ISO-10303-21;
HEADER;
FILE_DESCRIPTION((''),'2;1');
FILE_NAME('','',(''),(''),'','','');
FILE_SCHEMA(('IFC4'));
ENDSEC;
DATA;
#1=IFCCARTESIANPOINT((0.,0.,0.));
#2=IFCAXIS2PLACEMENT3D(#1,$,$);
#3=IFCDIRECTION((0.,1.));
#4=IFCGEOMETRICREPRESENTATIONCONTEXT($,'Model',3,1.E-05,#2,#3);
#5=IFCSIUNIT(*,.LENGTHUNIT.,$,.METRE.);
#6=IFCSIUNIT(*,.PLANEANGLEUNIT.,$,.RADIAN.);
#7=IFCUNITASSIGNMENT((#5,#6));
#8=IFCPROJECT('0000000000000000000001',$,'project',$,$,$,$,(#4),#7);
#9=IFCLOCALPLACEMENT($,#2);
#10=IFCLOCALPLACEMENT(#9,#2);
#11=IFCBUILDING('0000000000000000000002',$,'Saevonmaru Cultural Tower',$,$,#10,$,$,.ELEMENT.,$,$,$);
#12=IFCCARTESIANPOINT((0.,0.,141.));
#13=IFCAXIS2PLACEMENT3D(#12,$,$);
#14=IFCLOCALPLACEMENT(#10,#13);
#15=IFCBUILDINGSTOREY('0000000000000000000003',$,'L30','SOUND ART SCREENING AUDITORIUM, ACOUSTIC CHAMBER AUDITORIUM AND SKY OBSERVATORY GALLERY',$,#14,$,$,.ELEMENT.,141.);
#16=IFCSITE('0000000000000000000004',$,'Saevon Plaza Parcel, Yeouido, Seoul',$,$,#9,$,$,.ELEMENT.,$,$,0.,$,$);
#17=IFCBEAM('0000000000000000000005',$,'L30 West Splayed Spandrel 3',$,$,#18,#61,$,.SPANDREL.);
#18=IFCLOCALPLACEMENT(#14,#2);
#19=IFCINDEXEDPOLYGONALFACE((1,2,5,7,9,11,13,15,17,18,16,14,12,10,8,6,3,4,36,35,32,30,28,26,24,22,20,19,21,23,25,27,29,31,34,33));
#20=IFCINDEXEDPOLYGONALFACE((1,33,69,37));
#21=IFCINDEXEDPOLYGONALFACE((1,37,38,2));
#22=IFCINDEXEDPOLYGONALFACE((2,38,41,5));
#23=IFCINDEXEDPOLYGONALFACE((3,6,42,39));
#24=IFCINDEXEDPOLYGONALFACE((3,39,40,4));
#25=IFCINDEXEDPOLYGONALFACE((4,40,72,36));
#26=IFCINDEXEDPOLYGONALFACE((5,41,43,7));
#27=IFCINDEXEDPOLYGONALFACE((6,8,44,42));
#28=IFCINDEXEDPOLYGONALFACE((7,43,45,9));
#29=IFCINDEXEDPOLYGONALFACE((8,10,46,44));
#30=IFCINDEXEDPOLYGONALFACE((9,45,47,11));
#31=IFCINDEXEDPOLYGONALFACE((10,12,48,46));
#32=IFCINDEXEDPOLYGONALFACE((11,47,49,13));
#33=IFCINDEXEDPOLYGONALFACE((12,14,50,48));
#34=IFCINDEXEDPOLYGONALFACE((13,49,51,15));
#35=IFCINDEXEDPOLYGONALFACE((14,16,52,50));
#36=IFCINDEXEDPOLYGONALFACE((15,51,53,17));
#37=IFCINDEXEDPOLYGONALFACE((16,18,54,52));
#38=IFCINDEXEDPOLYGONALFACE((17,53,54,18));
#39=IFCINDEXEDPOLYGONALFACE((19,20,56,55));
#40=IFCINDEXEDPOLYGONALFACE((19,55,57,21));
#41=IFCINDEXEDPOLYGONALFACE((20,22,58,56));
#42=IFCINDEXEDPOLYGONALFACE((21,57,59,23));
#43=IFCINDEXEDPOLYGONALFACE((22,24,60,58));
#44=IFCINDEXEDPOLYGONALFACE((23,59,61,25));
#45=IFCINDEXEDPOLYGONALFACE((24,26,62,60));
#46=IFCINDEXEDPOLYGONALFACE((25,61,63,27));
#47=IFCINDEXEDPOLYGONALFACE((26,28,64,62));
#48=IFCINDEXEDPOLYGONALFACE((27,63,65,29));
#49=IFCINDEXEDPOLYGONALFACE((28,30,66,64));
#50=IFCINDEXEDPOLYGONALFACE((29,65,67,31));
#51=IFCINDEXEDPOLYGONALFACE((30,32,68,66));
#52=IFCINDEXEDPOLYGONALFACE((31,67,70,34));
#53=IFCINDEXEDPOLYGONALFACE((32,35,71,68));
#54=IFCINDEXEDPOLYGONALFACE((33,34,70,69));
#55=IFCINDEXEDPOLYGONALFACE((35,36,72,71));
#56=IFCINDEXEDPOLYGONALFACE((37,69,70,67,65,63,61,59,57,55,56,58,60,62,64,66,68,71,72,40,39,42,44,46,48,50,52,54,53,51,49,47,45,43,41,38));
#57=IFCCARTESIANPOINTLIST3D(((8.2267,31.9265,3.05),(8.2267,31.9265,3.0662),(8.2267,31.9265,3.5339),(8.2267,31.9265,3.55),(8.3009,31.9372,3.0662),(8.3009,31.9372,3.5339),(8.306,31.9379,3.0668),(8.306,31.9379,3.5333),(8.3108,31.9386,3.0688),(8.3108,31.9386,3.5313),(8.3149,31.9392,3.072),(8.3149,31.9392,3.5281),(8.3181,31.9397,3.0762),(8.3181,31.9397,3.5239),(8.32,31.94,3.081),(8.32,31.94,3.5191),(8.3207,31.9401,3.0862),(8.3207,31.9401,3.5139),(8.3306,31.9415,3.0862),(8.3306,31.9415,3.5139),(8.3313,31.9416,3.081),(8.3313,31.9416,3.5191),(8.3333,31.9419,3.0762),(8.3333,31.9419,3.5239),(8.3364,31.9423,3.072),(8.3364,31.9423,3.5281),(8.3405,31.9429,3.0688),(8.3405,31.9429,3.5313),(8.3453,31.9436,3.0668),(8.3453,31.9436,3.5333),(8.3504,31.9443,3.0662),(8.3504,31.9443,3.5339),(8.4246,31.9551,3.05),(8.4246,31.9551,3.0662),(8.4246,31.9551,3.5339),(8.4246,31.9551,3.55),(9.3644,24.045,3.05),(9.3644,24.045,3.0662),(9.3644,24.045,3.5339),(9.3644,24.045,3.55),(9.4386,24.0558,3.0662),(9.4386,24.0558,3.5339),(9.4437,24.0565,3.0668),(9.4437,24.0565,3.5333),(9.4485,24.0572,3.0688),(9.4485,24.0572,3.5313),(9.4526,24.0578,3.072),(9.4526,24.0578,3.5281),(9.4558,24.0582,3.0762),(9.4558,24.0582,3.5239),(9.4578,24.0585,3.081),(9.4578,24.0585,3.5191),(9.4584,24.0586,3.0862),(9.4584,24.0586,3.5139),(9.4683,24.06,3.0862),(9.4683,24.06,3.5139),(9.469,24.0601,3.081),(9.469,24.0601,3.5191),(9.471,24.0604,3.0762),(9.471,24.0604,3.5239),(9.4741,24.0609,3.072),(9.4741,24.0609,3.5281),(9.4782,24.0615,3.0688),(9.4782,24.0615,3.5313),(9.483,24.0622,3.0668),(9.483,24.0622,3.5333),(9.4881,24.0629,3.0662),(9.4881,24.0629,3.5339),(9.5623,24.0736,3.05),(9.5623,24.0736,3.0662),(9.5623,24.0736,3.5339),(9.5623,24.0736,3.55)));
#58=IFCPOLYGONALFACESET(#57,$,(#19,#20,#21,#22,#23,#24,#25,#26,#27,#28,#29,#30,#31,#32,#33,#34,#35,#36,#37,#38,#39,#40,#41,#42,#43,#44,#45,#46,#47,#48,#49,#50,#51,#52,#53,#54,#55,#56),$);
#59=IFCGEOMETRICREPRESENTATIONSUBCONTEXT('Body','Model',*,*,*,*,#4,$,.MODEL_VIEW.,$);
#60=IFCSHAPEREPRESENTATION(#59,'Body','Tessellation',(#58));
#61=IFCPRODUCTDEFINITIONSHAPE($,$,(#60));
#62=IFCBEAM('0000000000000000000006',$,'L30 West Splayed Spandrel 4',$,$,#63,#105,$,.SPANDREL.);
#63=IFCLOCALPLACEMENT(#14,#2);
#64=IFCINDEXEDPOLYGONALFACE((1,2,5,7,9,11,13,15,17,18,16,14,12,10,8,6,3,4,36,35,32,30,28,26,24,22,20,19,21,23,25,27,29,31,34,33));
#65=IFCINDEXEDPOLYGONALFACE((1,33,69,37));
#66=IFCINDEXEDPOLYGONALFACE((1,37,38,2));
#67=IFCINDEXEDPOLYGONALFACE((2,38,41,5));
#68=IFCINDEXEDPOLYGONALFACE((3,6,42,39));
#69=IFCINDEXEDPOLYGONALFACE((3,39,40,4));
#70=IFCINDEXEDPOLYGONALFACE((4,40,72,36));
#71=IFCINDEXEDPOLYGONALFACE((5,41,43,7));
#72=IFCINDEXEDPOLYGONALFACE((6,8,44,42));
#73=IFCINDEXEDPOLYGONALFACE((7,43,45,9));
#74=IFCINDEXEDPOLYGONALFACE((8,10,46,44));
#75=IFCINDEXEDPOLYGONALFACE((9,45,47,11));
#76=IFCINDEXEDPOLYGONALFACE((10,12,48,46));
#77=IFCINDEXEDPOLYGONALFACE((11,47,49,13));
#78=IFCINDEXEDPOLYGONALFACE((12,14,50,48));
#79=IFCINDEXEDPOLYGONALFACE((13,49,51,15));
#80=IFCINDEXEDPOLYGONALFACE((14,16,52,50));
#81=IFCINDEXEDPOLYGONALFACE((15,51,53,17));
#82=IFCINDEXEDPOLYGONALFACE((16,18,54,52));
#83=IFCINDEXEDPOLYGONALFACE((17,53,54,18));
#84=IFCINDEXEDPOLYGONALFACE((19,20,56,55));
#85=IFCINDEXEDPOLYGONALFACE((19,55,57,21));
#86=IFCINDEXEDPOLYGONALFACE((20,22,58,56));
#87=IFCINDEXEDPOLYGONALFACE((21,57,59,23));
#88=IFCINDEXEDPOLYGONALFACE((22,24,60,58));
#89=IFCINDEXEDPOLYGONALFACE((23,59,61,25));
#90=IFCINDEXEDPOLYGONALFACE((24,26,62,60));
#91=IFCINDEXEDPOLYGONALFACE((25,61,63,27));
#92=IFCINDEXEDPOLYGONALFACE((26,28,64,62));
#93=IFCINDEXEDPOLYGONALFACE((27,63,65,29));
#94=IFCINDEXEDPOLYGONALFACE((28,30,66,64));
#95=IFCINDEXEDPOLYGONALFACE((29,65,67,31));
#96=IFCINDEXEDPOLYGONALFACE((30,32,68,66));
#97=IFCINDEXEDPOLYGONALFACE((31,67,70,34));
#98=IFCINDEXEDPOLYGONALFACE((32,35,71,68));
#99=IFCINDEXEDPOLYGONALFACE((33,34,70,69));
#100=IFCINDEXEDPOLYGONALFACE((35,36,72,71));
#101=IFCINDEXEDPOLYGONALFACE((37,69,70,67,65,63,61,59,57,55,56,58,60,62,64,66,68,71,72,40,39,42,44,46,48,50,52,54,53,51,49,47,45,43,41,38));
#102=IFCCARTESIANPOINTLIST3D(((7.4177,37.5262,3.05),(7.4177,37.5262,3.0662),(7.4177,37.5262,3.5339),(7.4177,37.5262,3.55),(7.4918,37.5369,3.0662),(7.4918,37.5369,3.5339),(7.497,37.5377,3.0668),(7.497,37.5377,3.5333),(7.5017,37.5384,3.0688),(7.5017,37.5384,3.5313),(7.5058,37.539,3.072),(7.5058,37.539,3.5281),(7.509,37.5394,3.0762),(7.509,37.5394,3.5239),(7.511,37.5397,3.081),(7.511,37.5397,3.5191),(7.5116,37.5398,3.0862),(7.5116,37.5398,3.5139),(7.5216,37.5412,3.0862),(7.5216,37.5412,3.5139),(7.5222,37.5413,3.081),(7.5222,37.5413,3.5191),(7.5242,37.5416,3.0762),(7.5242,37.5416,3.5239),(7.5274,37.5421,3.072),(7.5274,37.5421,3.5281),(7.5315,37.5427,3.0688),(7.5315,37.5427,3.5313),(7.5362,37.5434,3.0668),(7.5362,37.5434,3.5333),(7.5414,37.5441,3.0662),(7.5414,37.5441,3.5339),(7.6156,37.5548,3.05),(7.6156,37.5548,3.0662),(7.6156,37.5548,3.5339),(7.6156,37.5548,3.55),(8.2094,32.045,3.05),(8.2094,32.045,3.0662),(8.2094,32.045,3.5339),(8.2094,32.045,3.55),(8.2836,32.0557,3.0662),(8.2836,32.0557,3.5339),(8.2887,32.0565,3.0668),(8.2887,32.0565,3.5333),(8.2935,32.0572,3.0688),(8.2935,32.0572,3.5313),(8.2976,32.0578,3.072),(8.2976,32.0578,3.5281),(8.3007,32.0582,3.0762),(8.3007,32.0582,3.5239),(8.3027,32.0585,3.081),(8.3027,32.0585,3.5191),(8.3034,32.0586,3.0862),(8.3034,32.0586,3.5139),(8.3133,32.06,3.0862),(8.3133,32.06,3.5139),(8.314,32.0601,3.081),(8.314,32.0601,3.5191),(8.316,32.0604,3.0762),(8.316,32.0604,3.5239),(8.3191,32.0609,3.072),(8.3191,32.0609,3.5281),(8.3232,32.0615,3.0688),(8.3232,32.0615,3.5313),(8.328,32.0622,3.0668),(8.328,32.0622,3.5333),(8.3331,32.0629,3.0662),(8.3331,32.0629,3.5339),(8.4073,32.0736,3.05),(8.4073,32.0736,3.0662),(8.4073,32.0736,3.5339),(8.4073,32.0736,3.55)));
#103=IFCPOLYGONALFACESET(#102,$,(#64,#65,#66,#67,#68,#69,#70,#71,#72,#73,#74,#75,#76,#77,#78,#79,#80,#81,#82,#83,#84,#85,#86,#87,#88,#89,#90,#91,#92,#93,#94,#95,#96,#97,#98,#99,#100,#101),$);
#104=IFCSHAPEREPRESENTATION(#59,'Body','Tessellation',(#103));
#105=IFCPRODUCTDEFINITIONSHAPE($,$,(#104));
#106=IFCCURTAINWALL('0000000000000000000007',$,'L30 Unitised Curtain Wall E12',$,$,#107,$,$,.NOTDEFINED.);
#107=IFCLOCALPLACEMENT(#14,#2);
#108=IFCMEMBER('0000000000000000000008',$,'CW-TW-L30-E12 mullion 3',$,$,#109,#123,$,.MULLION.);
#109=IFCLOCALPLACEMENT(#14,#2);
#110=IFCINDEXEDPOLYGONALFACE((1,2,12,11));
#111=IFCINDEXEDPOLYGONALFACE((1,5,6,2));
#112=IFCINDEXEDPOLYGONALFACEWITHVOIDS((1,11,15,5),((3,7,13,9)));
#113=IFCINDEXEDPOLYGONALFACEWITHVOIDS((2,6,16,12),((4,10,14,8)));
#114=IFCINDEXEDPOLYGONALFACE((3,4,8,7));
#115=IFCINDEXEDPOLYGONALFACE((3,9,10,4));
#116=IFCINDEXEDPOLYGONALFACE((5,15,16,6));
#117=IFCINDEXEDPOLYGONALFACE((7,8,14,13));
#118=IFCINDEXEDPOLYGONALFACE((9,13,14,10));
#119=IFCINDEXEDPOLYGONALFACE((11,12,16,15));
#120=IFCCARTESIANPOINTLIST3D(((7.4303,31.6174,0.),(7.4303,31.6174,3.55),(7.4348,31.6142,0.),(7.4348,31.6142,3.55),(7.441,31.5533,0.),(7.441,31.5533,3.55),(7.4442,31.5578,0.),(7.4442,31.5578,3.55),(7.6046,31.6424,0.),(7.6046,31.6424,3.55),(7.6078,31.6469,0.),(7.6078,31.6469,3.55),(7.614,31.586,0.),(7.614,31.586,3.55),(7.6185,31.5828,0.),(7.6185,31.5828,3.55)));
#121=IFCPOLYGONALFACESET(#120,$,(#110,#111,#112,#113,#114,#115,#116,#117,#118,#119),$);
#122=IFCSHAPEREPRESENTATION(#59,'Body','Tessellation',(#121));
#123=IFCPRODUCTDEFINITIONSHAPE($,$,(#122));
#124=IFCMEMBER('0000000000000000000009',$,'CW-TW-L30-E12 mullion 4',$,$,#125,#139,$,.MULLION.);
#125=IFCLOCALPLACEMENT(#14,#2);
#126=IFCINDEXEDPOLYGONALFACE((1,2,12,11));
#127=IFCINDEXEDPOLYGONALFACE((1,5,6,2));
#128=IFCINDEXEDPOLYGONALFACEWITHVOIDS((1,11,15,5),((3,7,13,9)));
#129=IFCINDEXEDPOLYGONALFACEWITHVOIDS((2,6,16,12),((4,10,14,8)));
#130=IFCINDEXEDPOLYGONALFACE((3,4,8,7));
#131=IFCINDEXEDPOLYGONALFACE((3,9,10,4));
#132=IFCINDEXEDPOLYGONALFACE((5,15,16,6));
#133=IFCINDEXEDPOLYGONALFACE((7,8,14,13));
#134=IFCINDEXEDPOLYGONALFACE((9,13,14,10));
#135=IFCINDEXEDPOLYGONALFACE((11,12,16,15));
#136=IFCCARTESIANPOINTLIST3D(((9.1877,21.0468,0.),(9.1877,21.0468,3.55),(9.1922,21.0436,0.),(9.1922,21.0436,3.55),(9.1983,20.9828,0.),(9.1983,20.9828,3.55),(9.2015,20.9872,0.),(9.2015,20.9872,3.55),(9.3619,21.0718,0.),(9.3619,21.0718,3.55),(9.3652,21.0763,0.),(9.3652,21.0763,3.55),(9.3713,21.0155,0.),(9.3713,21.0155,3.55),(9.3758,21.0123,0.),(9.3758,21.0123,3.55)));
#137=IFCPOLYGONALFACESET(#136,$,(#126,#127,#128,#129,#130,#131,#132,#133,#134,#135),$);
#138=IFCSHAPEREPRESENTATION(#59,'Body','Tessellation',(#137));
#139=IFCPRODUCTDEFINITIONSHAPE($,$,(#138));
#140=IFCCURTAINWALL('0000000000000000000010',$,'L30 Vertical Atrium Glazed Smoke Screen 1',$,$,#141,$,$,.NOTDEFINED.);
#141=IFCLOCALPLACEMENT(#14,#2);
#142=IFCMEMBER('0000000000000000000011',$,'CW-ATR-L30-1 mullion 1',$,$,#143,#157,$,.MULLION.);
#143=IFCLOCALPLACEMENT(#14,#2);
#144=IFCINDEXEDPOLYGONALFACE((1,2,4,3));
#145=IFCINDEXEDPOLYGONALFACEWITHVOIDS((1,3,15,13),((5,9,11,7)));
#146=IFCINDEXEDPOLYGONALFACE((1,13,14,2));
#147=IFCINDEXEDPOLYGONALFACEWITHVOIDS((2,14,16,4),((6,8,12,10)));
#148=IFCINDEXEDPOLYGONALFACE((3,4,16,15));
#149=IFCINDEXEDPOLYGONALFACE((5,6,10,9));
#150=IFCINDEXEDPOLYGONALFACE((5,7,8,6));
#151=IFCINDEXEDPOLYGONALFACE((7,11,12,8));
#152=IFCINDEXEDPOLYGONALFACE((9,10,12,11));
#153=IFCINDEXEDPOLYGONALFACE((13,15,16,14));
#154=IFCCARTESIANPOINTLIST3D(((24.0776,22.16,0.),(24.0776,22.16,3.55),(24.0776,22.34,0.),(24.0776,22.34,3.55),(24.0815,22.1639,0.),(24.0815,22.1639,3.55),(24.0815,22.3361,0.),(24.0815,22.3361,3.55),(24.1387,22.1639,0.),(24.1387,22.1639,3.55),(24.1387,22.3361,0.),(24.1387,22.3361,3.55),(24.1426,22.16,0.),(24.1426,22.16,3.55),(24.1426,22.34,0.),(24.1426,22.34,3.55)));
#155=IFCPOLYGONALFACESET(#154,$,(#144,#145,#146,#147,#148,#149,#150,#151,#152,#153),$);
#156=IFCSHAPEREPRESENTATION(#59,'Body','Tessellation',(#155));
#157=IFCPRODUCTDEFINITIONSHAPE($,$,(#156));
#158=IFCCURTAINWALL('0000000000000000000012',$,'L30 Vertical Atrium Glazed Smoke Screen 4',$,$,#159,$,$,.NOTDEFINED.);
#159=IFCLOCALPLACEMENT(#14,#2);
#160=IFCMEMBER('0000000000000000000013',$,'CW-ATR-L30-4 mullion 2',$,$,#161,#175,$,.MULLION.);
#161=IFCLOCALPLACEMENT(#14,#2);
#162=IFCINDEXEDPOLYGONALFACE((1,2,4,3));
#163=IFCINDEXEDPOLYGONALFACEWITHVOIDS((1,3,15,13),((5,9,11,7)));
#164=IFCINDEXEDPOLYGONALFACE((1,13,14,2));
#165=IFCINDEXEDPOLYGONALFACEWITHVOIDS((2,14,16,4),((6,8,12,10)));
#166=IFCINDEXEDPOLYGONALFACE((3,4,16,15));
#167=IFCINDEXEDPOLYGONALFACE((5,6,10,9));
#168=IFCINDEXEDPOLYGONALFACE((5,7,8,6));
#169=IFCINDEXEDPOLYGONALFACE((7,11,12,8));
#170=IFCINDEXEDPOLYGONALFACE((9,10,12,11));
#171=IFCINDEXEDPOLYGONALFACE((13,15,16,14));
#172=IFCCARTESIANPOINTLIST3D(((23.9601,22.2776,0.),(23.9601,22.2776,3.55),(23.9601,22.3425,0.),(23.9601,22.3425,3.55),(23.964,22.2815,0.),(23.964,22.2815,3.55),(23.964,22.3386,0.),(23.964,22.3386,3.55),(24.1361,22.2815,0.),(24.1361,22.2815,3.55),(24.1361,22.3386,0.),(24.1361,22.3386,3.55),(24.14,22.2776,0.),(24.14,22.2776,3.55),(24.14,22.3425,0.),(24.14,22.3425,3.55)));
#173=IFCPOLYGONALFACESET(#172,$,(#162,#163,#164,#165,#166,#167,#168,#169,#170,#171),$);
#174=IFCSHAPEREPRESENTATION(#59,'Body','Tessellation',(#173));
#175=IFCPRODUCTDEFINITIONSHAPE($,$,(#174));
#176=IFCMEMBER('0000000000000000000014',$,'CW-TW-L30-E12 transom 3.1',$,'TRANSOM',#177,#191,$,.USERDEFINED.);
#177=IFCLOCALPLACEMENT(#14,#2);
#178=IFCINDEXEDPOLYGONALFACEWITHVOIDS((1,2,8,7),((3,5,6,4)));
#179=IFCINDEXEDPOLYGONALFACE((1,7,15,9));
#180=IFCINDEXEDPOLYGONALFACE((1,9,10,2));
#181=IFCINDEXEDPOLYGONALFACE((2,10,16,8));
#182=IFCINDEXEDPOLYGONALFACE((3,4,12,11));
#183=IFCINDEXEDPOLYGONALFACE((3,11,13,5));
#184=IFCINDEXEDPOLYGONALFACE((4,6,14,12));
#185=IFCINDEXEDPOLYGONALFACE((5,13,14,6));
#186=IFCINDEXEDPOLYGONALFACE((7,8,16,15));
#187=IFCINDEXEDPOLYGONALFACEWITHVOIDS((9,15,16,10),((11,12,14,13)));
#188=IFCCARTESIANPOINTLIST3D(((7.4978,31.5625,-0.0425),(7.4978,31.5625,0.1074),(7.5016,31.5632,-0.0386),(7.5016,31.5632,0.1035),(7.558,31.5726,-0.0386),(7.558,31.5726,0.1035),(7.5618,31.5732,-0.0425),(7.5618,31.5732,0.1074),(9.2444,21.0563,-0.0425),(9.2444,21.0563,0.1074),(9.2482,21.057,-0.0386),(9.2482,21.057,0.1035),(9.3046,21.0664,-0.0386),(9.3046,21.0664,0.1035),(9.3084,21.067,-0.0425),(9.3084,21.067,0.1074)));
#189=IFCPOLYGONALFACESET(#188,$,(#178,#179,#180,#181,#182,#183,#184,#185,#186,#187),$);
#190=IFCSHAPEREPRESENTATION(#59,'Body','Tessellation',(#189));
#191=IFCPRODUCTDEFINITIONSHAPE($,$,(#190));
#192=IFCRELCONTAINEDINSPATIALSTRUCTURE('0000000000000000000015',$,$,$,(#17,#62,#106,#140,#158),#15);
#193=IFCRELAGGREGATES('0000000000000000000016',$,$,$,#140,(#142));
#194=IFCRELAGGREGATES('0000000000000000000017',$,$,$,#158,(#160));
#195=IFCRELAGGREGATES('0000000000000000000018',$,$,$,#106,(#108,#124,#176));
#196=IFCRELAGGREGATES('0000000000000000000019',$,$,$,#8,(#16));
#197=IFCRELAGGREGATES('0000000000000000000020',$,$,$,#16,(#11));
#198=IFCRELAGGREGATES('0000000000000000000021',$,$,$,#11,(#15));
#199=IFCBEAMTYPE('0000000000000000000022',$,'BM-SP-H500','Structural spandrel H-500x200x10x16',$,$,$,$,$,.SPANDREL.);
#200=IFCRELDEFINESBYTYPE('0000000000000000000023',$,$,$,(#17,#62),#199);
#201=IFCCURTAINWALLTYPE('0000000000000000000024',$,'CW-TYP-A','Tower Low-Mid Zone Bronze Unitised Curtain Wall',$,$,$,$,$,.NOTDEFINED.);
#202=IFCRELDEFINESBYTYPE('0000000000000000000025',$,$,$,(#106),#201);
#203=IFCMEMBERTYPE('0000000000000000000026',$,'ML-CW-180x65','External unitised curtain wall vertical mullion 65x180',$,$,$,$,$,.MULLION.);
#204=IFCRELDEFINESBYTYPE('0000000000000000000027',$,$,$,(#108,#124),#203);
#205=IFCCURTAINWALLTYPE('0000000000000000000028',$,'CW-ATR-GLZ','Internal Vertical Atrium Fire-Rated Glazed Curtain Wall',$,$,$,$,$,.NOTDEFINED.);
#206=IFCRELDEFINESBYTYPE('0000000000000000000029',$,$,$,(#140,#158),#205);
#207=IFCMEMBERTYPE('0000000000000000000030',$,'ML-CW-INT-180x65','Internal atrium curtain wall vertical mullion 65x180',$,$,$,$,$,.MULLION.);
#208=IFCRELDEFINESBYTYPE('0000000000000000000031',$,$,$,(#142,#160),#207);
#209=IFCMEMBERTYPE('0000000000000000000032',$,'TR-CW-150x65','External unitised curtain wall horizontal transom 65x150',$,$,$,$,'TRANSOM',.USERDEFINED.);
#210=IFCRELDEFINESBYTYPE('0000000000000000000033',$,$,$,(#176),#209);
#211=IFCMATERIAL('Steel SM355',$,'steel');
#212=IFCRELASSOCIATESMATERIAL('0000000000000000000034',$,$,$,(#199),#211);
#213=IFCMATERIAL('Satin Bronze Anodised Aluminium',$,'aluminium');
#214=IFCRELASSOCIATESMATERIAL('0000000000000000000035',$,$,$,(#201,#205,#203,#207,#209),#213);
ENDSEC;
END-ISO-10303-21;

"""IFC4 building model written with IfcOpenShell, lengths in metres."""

from ifc_helpers import new_model, si_unit, direction, frame, origin, origin_2d, place, context, subcontext, project, spatial, hollow_rectangle, i_section, extrude, material, material_profile, profile_set, type_object, element, aggregate, save


model = new_model("IFC4")

# Units and contexts
model_context = context("Model", 3, precision=1e-05, world=origin(), true_north=direction((0.0, 1.0)))
body_context = subcontext(model_context, "Body", "Model", "MODEL_VIEW")
ifc_project = project(units=[si_unit("LENGTHUNIT", "METRE"), si_unit("PLANEANGLEUNIT", "RADIAN")], contexts=[model_context])

# Site, building, storey
site_placement = place(None, origin())
site = spatial("IfcSite", under=ifc_project, at=site_placement, Name="Saevon Plaza Parcel, Yeouido, Seoul", CompositionType="ELEMENT", RefElevation=0.0)
building_placement = place(site_placement, origin())
building = spatial("IfcBuilding", under=site, at=building_placement, Name="Saevonmaru Cultural Tower", CompositionType="ELEMENT")
storey_placement = place(building_placement, frame((0.0, 0.0, 141.0)))
storey = spatial("IfcBuildingStorey", under=building, at=storey_placement, Name="L30", Description="SOUND ART SCREENING AUDITORIUM, ACOUSTIC CHAMBER AUDITORIUM AND SKY OBSERVATORY GALLERY", CompositionType="ELEMENT", Elevation=141.0)

# Shared definitions
ifc_material_1 = material(Name="Steel SM355", Category="steel")

# Beams
ifc_material_profile_1 = material_profile(ifc_material_1, i_section(OverallWidth=0.2, OverallDepth=0.5, WebThickness=0.01, FlangeThickness=0.0161, FilletRadius=0.02, at=origin_2d()), Name="H-500x200x10x16")
ifc_profile_set_1 = profile_set([ifc_material_profile_1], Name="Steel SM355")
beam_type_1 = type_object("IfcBeamType", Name="BM-SP-H500", Description="Structural spandrel H-500x200x10x16", PredefinedType="SPANDREL", material=ifc_profile_set_1)
beam_1_placement = place(storey_placement, frame((9.4634, 24.0593, 3.3), z_axis=(-0.142872, 0.989741, 0.0), x_axis=(-0.989741, -0.142872, 0.0)))
element("IfcBeam", 1, at=beam_1_placement, inside=storey, type_object=beam_type_1, Name="L30 West Splayed Spandrel 3", PredefinedType="SPANDREL", context=body_context, shape_type="SweptSolid", body=[
    extrude(i_section(OverallWidth=0.2, OverallDepth=0.5, WebThickness=0.01, FlangeThickness=0.0161, FilletRadius=0.02, at=origin_2d()), origin(), (0.0, 0.0, 1.0), 7.9631),
])
beam_2_placement = place(storey_placement, frame((8.3083, 32.0593, 3.3), z_axis=(-0.142964, 0.989728, 0.0), x_axis=(-0.989728, -0.142964, 0.0)))
element("IfcBeam", 2, at=beam_2_placement, inside=storey, type_object=beam_type_1, Name="L30 West Splayed Spandrel 4", PredefinedType="SPANDREL", context=body_context, shape_type="SweptSolid", body=[
    extrude(i_section(OverallWidth=0.2, OverallDepth=0.5, WebThickness=0.01, FlangeThickness=0.0161, FilletRadius=0.02, at=origin_2d()), origin(), (0.0, 0.0, 1.0), 5.5381),
])

# Curtain wall, members
ifc_material_2 = material(Name="Satin Bronze Anodised Aluminium", Category="aluminium")
curtain_wall_type_1 = type_object("IfcCurtainWallType", Name="CW-TYP-A", Description="Tower Low-Mid Zone Bronze Unitised Curtain Wall", PredefinedType="NOTDEFINED", material=ifc_material_2)
curtain_wall_1_placement = place(storey_placement, origin())
curtain_wall_1 = element("IfcCurtainWall", 3, at=curtain_wall_1_placement, inside=storey, type_object=curtain_wall_type_1, Name="L30 Unitised Curtain Wall E12", PredefinedType="NOTDEFINED")
ifc_material_profile_2 = material_profile(ifc_material_2, hollow_rectangle(XDim=0.0649, YDim=0.1799, WallThickness=0.0039, at=origin_2d()), Name="ALU-MULL-180x65x4")
ifc_profile_set_2 = profile_set([ifc_material_profile_2], Name="Satin Bronze Anodised Aluminium")
member_type_1 = type_object("IfcMemberType", Name="ML-CW-180x65", Description="External unitised curtain wall vertical mullion 65x180", PredefinedType="MULLION", material=ifc_profile_set_2)
member_1_placement = place(storey_placement, frame((7.5244, 31.6001, 0.0), z_axis=(0.0, 0.0, 1.0), x_axis=(0.163999, -0.986461, 0.0)))
member_1 = element("IfcMember", 4, at=member_1_placement, type_object=member_type_1, Name="CW-TW-L30-E12 mullion 3", PredefinedType="MULLION", context=body_context, shape_type="SweptSolid", body=[
    extrude(hollow_rectangle(XDim=0.0649, YDim=0.1799, WallThickness=0.0039, at=origin_2d()), origin(), (0.0, 0.0, 1.0), 3.55),
])
member_2_placement = place(storey_placement, frame((9.2817, 21.0295, 0.0), z_axis=(0.0, 0.0, 1.0), x_axis=(0.163999, -0.986461, 0.0)))
member_2 = element("IfcMember", 5, at=member_2_placement, type_object=member_type_1, Name="CW-TW-L30-E12 mullion 4", PredefinedType="MULLION", context=body_context, shape_type="SweptSolid", body=[
    extrude(hollow_rectangle(XDim=0.0649, YDim=0.1799, WallThickness=0.0039, at=origin_2d()), origin(), (0.0, 0.0, 1.0), 3.55),
])

# Curtain walls, members
curtain_wall_type_2 = type_object("IfcCurtainWallType", Name="CW-ATR-GLZ", Description="Internal Vertical Atrium Fire-Rated Glazed Curtain Wall", PredefinedType="NOTDEFINED", material=ifc_material_2)
curtain_wall_2_placement = place(storey_placement, origin())
curtain_wall_2 = element("IfcCurtainWall", 6, at=curtain_wall_2_placement, inside=storey, type_object=curtain_wall_type_2, Name="L30 Vertical Atrium Glazed Smoke Screen 1", PredefinedType="NOTDEFINED")
ifc_material_profile_3 = material_profile(ifc_material_2, hollow_rectangle(XDim=0.0649, YDim=0.1799, WallThickness=0.0039, at=origin_2d()), Name="ALU-MULL-180x65x4")
ifc_profile_set_3 = profile_set([ifc_material_profile_3], Name="Satin Bronze Anodised Aluminium")
member_type_2 = type_object("IfcMemberType", Name="ML-CW-INT-180x65", Description="Internal atrium curtain wall vertical mullion 65x180", PredefinedType="MULLION", material=ifc_profile_set_3)
member_3_placement = place(storey_placement, frame((24.1101, 22.25, 0.0), z_axis=(0.0, 0.0, 1.0), x_axis=(1.0, 0.0, 0.0)))
member_3 = element("IfcMember", 7, at=member_3_placement, type_object=member_type_2, Name="CW-ATR-L30-1 mullion 1", PredefinedType="MULLION", context=body_context, shape_type="SweptSolid", body=[
    extrude(hollow_rectangle(XDim=0.0649, YDim=0.1799, WallThickness=0.0039, at=origin_2d()), origin(), (0.0, 0.0, 1.0), 3.55),
])
curtain_wall_3_placement = place(storey_placement, origin())
curtain_wall_3 = element("IfcCurtainWall", 8, at=curtain_wall_3_placement, inside=storey, type_object=curtain_wall_type_2, Name="L30 Vertical Atrium Glazed Smoke Screen 4", PredefinedType="NOTDEFINED")
member_4_placement = place(storey_placement, frame((24.05, 22.3101, 0.0), z_axis=(0.0, 0.0, 1.0), x_axis=(0.0, -1.0, 0.0)))
member_4 = element("IfcMember", 9, at=member_4_placement, type_object=member_type_2, Name="CW-ATR-L30-4 mullion 2", PredefinedType="MULLION", context=body_context, shape_type="SweptSolid", body=[
    extrude(hollow_rectangle(XDim=0.0649, YDim=0.1799, WallThickness=0.0039, at=origin_2d()), origin(), (0.0, 0.0, 1.0), 3.55),
])

# Member
ifc_material_profile_4 = material_profile(ifc_material_2, hollow_rectangle(XDim=0.0649, YDim=0.1499, WallThickness=0.0039, at=origin_2d()), Name="ALU-TRAN-150x65x4")
ifc_profile_set_4 = profile_set([ifc_material_profile_4], Name="Satin Bronze Anodised Aluminium")
member_type_3 = type_object("IfcMemberType", Name="TR-CW-150x65", Description="External unitised curtain wall horizontal transom 65x150", ElementType="TRANSOM", PredefinedType="USERDEFINED", material=ifc_profile_set_4)
member_5_placement = place(storey_placement, frame((7.5298, 31.5679, 0.0325), z_axis=(0.163994, -0.986461, 0.0), x_axis=(0.986461, 0.163994, 0.0)))
member_5 = element("IfcMember", 10, at=member_5_placement, type_object=member_type_3, Name="CW-TW-L30-E12 transom 3.1", ObjectType="TRANSOM", PredefinedType="USERDEFINED", context=body_context, shape_type="SweptSolid", body=[
    extrude(hollow_rectangle(XDim=0.0649, YDim=0.1499, WallThickness=0.0039, at=origin_2d()), origin(), (0.0, 0.0, 1.0), 10.6504),
])
aggregate(curtain_wall_2, [member_3])

aggregate(curtain_wall_3, [member_4])
aggregate(curtain_wall_1, [member_1, member_2, member_5])

save(model, "model.ifc")
